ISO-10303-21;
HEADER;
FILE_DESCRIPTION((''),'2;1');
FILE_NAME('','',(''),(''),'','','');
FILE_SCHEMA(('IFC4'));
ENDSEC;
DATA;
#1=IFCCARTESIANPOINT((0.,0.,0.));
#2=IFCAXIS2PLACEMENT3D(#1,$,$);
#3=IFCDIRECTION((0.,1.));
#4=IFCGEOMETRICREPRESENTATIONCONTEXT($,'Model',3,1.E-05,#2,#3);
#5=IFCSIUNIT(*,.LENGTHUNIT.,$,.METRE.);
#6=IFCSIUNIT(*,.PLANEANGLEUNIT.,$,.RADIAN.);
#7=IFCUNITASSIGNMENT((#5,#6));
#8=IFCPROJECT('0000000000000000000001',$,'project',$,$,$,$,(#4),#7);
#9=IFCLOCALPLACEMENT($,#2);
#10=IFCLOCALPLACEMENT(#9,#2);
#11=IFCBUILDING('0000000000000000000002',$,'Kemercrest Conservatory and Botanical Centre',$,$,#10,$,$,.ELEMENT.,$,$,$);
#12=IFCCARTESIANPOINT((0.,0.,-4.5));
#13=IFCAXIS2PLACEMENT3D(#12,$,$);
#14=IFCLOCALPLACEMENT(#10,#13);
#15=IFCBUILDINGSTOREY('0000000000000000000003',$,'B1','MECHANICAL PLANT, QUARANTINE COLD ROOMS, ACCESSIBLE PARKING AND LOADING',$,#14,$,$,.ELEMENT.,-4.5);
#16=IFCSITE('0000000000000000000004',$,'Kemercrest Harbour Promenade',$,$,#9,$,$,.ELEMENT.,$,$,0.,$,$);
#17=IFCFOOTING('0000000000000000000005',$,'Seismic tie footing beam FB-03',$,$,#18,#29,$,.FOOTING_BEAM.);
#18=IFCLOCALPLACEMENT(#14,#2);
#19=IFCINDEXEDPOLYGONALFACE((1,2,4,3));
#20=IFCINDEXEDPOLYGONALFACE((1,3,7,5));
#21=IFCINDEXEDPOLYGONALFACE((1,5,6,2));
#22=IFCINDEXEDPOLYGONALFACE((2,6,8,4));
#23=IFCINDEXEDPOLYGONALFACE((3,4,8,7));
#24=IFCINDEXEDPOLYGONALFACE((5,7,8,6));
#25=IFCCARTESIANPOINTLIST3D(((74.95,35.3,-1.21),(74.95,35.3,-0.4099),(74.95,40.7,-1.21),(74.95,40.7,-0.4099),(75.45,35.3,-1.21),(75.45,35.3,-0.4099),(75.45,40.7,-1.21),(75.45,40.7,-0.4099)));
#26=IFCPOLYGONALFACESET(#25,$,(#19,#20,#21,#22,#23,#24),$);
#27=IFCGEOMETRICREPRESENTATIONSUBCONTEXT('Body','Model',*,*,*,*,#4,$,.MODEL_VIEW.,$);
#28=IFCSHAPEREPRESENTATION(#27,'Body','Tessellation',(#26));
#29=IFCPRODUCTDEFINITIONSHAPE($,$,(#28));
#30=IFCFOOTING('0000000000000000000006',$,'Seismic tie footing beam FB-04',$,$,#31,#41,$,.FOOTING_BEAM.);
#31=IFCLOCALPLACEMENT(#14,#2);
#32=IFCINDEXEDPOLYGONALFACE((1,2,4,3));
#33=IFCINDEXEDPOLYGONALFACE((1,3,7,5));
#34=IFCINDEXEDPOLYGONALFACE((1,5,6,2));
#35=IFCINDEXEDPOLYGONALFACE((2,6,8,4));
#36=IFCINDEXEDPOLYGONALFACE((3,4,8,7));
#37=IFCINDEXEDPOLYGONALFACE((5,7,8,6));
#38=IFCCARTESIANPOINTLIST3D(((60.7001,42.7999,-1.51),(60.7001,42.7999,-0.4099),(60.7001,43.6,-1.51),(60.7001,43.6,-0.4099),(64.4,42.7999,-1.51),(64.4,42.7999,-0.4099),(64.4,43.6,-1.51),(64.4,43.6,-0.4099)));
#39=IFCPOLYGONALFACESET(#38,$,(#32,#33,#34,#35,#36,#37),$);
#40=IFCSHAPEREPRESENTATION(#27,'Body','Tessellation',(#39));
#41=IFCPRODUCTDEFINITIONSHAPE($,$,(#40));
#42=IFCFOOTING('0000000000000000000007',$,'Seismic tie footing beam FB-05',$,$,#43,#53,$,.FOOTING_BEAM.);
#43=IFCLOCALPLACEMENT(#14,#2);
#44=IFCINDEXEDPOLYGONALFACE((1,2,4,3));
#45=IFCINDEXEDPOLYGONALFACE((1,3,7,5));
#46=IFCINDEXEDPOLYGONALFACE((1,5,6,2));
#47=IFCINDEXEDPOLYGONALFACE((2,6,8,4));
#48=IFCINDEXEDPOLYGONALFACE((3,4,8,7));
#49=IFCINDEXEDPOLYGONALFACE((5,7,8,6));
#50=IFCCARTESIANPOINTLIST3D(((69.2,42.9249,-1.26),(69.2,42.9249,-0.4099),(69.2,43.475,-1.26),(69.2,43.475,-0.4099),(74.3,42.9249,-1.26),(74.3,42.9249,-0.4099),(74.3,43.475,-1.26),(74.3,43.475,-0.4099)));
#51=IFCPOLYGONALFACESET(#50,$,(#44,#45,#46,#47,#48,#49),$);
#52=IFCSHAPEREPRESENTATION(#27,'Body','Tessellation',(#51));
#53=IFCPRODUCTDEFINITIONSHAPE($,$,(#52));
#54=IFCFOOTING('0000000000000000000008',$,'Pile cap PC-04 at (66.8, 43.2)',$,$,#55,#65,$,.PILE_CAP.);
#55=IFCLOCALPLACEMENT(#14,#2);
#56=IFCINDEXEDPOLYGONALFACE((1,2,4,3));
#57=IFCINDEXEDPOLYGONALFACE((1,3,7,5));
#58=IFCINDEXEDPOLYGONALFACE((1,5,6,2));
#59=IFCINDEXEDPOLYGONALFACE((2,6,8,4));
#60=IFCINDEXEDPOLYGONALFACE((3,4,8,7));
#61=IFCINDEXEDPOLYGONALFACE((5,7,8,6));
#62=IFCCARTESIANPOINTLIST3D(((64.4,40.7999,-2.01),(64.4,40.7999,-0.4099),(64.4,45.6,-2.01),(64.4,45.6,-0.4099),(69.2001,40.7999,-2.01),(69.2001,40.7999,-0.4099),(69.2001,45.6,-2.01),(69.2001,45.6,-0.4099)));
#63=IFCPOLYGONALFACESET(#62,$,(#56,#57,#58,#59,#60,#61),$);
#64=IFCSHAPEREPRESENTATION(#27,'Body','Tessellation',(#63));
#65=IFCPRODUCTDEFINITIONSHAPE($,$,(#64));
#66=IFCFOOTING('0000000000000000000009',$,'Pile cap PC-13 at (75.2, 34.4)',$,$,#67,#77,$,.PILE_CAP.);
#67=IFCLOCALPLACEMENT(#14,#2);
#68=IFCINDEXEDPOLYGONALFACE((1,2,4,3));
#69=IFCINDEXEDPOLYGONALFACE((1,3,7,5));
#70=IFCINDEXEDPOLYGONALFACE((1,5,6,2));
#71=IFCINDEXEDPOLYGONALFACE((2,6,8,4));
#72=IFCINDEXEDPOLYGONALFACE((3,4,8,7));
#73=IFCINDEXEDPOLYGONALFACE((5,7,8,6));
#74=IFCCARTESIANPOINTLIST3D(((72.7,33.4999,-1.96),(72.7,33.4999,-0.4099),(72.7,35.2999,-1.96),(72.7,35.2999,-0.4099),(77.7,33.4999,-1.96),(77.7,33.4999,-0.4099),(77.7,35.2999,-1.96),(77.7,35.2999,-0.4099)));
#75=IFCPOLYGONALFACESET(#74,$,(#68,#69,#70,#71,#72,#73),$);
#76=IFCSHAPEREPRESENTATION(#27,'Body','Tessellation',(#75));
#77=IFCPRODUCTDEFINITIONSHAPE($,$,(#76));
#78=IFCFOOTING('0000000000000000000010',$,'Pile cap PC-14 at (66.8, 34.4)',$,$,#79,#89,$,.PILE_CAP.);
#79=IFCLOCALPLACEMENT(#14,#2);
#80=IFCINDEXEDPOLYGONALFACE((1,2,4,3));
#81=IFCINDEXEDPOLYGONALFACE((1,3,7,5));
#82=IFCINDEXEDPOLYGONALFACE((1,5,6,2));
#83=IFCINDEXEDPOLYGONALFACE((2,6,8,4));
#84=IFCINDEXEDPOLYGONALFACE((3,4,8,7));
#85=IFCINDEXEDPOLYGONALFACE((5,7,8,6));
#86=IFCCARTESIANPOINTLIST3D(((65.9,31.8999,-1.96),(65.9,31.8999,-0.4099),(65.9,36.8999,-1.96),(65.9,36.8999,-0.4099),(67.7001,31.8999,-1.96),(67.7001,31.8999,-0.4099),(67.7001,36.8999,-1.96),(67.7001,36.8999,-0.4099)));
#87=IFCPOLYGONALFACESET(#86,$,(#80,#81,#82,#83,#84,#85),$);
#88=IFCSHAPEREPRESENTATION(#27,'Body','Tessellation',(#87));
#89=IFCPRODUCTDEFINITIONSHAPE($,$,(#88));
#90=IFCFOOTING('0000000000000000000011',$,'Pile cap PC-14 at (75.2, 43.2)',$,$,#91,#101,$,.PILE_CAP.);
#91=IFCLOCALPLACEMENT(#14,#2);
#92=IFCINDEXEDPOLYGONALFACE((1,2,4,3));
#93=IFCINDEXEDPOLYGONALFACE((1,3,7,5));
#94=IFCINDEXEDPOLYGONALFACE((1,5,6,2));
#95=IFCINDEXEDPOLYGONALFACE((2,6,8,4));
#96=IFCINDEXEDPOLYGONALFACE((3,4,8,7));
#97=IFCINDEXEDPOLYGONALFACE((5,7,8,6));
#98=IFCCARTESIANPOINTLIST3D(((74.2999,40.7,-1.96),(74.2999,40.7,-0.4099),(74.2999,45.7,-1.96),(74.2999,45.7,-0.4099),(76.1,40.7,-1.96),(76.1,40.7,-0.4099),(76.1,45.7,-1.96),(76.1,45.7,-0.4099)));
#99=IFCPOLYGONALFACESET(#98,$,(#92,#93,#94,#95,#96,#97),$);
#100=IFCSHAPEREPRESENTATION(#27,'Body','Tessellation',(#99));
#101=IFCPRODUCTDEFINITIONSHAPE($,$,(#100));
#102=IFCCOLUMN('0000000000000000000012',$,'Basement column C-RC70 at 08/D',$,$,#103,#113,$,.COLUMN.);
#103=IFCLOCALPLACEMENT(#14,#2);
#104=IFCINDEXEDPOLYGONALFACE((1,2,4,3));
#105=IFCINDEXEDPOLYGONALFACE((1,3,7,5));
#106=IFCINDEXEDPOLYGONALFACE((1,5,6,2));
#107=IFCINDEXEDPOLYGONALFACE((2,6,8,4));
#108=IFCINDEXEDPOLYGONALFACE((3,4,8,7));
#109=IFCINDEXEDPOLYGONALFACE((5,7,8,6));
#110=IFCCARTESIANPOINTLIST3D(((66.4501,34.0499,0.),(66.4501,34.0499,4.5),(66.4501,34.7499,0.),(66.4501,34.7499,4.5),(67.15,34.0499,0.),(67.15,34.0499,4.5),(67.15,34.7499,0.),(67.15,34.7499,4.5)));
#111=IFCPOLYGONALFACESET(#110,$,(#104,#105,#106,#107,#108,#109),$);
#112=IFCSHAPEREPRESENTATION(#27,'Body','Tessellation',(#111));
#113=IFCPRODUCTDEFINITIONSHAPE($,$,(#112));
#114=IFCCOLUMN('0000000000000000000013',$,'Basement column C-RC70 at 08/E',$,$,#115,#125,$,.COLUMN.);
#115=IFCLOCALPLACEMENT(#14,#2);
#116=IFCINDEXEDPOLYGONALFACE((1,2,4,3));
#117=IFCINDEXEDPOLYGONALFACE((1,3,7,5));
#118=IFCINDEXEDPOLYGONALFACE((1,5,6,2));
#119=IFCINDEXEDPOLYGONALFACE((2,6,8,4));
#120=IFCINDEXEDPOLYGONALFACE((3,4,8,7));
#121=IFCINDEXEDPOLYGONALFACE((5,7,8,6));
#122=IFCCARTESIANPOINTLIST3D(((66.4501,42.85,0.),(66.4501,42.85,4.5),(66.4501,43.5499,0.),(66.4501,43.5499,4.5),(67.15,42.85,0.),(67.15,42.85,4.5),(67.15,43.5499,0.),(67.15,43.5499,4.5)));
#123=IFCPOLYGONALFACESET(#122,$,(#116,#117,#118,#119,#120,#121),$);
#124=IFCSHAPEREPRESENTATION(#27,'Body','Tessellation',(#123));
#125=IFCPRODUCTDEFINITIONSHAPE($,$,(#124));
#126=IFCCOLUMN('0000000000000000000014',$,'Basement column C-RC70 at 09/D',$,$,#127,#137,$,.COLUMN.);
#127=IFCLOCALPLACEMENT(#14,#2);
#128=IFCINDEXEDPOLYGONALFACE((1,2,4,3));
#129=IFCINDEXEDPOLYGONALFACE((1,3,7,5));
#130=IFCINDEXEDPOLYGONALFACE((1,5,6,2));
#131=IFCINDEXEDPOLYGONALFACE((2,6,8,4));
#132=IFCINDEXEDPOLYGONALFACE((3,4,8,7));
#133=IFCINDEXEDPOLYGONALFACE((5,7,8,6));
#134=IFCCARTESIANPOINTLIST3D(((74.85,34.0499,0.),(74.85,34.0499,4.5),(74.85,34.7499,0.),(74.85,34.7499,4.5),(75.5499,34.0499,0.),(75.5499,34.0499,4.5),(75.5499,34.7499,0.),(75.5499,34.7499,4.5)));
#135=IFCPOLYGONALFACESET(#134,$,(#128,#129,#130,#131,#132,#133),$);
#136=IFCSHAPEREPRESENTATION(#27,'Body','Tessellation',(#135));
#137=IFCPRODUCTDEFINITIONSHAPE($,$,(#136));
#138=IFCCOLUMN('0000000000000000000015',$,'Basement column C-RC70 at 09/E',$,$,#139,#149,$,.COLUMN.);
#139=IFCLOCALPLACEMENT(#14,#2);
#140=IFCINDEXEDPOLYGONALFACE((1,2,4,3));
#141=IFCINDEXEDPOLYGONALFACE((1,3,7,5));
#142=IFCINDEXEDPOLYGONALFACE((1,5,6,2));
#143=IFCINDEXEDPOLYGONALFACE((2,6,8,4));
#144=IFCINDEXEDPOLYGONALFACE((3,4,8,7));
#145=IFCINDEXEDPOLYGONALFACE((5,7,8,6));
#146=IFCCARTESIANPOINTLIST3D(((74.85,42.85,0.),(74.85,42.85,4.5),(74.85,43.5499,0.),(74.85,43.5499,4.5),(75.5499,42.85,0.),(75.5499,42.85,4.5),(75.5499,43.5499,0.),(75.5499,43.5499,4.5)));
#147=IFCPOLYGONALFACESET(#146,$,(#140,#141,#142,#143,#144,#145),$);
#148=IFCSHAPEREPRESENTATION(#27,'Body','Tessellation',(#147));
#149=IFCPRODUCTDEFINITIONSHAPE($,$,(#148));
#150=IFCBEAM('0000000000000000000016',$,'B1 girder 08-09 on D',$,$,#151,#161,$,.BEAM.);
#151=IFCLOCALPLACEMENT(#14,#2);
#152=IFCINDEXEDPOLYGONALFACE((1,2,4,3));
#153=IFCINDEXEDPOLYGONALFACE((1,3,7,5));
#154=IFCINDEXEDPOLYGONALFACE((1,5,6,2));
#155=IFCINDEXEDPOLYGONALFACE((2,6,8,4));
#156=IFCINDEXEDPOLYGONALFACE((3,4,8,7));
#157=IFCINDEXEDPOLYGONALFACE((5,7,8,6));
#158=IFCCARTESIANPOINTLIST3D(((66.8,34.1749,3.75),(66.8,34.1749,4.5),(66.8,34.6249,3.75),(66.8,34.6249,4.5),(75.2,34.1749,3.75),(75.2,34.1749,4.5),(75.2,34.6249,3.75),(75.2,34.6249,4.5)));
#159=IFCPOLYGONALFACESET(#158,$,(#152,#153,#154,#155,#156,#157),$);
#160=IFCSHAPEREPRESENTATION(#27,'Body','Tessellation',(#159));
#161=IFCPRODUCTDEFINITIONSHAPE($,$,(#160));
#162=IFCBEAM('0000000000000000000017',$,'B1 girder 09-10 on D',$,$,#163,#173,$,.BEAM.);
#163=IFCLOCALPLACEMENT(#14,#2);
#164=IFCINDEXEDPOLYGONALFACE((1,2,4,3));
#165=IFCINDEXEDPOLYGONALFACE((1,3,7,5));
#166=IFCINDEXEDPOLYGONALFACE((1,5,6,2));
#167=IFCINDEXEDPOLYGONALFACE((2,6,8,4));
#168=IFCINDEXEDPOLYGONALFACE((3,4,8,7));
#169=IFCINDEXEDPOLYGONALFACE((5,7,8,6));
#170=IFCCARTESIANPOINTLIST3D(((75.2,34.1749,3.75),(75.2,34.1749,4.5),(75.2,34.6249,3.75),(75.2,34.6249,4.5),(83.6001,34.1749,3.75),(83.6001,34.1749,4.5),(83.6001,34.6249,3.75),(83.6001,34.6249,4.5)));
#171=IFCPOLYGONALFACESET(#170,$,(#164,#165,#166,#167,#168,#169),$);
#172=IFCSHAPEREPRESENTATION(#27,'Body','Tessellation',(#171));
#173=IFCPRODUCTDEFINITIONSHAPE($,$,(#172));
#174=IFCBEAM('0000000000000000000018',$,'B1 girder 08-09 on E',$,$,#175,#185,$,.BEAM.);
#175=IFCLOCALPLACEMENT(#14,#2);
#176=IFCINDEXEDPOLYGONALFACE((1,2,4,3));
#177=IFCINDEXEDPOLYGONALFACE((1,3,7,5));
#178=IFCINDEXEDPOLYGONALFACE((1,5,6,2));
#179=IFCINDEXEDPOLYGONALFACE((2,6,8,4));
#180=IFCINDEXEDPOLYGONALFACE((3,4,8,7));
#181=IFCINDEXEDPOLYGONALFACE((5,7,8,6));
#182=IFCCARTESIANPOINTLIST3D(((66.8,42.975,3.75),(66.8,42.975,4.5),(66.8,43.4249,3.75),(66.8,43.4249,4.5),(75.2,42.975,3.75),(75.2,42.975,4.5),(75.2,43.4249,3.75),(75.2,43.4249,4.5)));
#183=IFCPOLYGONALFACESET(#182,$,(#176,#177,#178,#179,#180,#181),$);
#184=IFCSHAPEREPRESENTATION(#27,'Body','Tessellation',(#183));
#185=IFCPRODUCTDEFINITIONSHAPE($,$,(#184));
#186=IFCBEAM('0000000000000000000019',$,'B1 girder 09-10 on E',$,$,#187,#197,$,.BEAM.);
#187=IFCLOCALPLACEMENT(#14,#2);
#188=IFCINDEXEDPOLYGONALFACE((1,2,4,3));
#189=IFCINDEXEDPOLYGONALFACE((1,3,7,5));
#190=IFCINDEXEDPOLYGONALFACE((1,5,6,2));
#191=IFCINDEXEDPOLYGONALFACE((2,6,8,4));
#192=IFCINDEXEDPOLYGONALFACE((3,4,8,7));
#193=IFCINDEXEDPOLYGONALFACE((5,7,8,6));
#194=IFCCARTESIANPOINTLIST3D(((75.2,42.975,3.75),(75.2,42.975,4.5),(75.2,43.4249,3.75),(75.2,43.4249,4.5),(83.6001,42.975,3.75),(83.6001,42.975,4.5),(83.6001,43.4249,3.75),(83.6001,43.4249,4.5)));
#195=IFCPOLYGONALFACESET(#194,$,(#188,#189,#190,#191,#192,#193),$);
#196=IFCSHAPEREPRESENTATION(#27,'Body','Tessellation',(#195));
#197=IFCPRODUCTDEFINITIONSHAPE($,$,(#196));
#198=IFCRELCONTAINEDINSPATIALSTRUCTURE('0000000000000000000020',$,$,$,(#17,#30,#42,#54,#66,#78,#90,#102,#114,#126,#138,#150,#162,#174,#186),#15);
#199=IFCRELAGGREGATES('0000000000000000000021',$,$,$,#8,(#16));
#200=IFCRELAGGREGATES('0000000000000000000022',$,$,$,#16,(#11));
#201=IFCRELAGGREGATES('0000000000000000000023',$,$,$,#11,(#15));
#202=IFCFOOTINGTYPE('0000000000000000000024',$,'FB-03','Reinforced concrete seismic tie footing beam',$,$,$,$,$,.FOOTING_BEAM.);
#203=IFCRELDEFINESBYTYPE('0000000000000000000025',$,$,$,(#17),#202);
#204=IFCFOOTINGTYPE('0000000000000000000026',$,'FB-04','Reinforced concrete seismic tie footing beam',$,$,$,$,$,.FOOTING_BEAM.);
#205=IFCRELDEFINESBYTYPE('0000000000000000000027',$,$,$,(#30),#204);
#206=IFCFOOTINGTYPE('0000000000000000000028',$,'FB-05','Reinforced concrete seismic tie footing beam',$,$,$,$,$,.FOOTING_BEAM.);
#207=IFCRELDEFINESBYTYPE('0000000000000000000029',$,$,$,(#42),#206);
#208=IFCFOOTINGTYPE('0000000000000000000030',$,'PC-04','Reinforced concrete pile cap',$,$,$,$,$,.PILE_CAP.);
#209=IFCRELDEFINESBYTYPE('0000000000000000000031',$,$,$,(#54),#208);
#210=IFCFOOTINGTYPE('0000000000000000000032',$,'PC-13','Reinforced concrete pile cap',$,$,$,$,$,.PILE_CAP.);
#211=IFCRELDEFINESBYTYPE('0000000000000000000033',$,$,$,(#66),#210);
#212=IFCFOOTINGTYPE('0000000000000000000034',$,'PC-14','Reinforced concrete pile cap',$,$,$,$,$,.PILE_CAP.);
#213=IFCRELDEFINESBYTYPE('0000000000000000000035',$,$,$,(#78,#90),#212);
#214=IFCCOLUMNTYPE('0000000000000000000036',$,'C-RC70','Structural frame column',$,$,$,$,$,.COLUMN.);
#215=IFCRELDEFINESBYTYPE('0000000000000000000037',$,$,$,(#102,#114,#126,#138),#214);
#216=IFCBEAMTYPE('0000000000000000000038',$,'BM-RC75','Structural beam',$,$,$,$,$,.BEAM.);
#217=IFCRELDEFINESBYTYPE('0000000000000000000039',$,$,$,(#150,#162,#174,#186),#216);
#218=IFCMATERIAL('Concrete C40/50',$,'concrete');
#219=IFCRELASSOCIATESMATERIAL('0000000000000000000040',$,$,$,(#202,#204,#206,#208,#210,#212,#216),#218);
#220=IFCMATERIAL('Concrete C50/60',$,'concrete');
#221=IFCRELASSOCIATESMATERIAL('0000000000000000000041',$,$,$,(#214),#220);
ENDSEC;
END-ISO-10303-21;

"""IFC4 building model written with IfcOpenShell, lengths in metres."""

from ifc_helpers import new_model, si_unit, direction, frame, origin, origin_2d, place, context, subcontext, project, spatial, rectangle, extrude, material, material_profile, profile_set, type_object, element, save


model = new_model("IFC4")

# Units and contexts
model_context = context("Model", 3, precision=1e-05, world=origin(), true_north=direction((0.0, 1.0)))
body_context = subcontext(model_context, "Body", "Model", "MODEL_VIEW")
ifc_project = project(units=[si_unit("LENGTHUNIT", "METRE"), si_unit("PLANEANGLEUNIT", "RADIAN")], contexts=[model_context])

# Site, building, storey
site_placement = place(None, origin())
site = spatial("IfcSite", under=ifc_project, at=site_placement, Name="Kemercrest Harbour Promenade", CompositionType="ELEMENT", RefElevation=0.0)
building_placement = place(site_placement, origin())
building = spatial("IfcBuilding", under=site, at=building_placement, Name="Kemercrest Conservatory and Botanical Centre", CompositionType="ELEMENT")
storey_placement = place(building_placement, frame((0.0, 0.0, -4.5)))
storey = spatial("IfcBuildingStorey", under=building, at=storey_placement, Name="B1", Description="MECHANICAL PLANT, QUARANTINE COLD ROOMS, ACCESSIBLE PARKING AND LOADING", CompositionType="ELEMENT", Elevation=-4.5)

# Shared definitions
ifc_material_1 = material(Name="Concrete C40/50", Category="concrete")

# Footings
footing_type_1 = type_object("IfcFootingType", Name="FB-03", Description="Reinforced concrete seismic tie footing beam", PredefinedType="FOOTING_BEAM", material=ifc_material_1)
footing_1_placement = place(storey_placement, frame((75.2, 38.0, -1.21), z_axis=(0.0, 0.0, 1.0), x_axis=(1.0, 0.0, 0.0)))
element("IfcFooting", 1, at=footing_1_placement, inside=storey, type_object=footing_type_1, Name="Seismic tie footing beam FB-03", PredefinedType="FOOTING_BEAM", context=body_context, shape_type="SweptSolid", body=[
    extrude(rectangle(XDim=0.5, YDim=5.3999, at=origin_2d()), origin(), (0.0, 0.0, 1.0), 0.8),
])
footing_type_2 = type_object("IfcFootingType", Name="FB-04", Description="Reinforced concrete seismic tie footing beam", PredefinedType="FOOTING_BEAM", material=ifc_material_1)
footing_2_placement = place(storey_placement, frame((62.55, 43.2, -1.51), z_axis=(0.0, 0.0, 1.0), x_axis=(1.0, 0.0, 0.0)))
element("IfcFooting", 2, at=footing_2_placement, inside=storey, type_object=footing_type_2, Name="Seismic tie footing beam FB-04", PredefinedType="FOOTING_BEAM", context=body_context, shape_type="SweptSolid", body=[
    extrude(rectangle(XDim=3.7, YDim=0.8, at=origin_2d()), origin(), (0.0, 0.0, 1.0), 1.1001),
])
footing_type_3 = type_object("IfcFootingType", Name="FB-05", Description="Reinforced concrete seismic tie footing beam", PredefinedType="FOOTING_BEAM", material=ifc_material_1)
footing_3_placement = place(storey_placement, frame((71.75, 43.2, -1.26), z_axis=(0.0, 0.0, 1.0), x_axis=(1.0, 0.0, 0.0)))
element("IfcFooting", 3, at=footing_3_placement, inside=storey, type_object=footing_type_3, Name="Seismic tie footing beam FB-05", PredefinedType="FOOTING_BEAM", context=body_context, shape_type="SweptSolid", body=[
    extrude(rectangle(XDim=5.1001, YDim=0.55, at=origin_2d()), origin(), (0.0, 0.0, 1.0), 0.8501),
])
footing_type_4 = type_object("IfcFootingType", Name="PC-04", Description="Reinforced concrete pile cap", PredefinedType="PILE_CAP", material=ifc_material_1)
footing_4_placement = place(storey_placement, frame((66.8, 43.2, -2.01), z_axis=(0.0, 0.0, 1.0), x_axis=(1.0, 0.0, 0.0)))
element("IfcFooting", 4, at=footing_4_placement, inside=storey, type_object=footing_type_4, Name="Pile cap PC-04 at (66.8, 43.2)", PredefinedType="PILE_CAP", context=body_context, shape_type="SweptSolid", body=[
    extrude(rectangle(XDim=4.8, YDim=4.8, at=origin_2d()), origin(), (0.0, 0.0, 1.0), 1.6001),
])
footing_type_5 = type_object("IfcFootingType", Name="PC-13", Description="Reinforced concrete pile cap", PredefinedType="PILE_CAP", material=ifc_material_1)
footing_5_placement = place(storey_placement, frame((75.2, 34.3999, -1.96), z_axis=(0.0, 0.0, 1.0), x_axis=(1.0, 0.0, 0.0)))
element("IfcFooting", 5, at=footing_5_placement, inside=storey, type_object=footing_type_5, Name="Pile cap PC-13 at (75.2, 34.4)", PredefinedType="PILE_CAP", context=body_context, shape_type="SweptSolid", body=[
    extrude(rectangle(XDim=5.0, YDim=1.8, at=origin_2d()), origin(), (0.0, 0.0, 1.0), 1.55),
])
footing_type_6 = type_object("IfcFootingType", Name="PC-14", Description="Reinforced concrete pile cap", PredefinedType="PILE_CAP", material=ifc_material_1)
for number, where, z_axis, x_axis, name in (
    (6, (66.8, 34.3999, -1.96), (0.0, 0.0, 1.0), (1.0, 0.0, 0.0), "Pile cap PC-14 at (66.8, 34.4)"),
    (7, (75.2, 43.2, -1.96), (0.0, 0.0, 1.0), (1.0, 0.0, 0.0), "Pile cap PC-14 at (75.2, 43.2)"),
):
    element("IfcFooting", number, at=place(storey_placement, frame(where, z_axis=z_axis, x_axis=x_axis)), inside=storey, type_object=footing_type_6, Name=name, PredefinedType="PILE_CAP", context=body_context, shape_type="SweptSolid", body=[
        extrude(rectangle(XDim=1.8, YDim=5.0, at=origin_2d()), origin(), (0.0, 0.0, 1.0), 1.55),
    ])

# Columns
ifc_material_2 = material(Name="Concrete C50/60", Category="concrete")
ifc_material_profile_1 = material_profile(ifc_material_2, rectangle(XDim=0.7, YDim=0.7, at=origin_2d()), Name="RC 700x700")
ifc_profile_set_1 = profile_set([ifc_material_profile_1], Name="Concrete C50/60")
column_type = type_object("IfcColumnType", Name="C-RC70", Description="Structural frame column", PredefinedType="COLUMN", material=ifc_profile_set_1)
for number, where, z_axis, x_axis, name in (
    (8, (66.8, 34.3999, 0.0), (0.0, 0.0, 1.0), (1.0, 0.0, 0.0), "Basement column C-RC70 at 08/D"),
    (9, (66.8, 43.2, 0.0), (0.0, 0.0, 1.0), (1.0, 0.0, 0.0), "Basement column C-RC70 at 08/E"),
    (10, (75.2, 34.3999, 0.0), (0.0, 0.0, 1.0), (1.0, 0.0, 0.0), "Basement column C-RC70 at 09/D"),
    (11, (75.2, 43.2, 0.0), (0.0, 0.0, 1.0), (1.0, 0.0, 0.0), "Basement column C-RC70 at 09/E"),
):
    element("IfcColumn", number, at=place(storey_placement, frame(where, z_axis=z_axis, x_axis=x_axis)), inside=storey, type_object=column_type, Name=name, PredefinedType="COLUMN", context=body_context, shape_type="SweptSolid", body=[
        extrude(rectangle(XDim=0.7, YDim=0.7, at=origin_2d()), origin(), (0.0, 0.0, 1.0), 4.5),
    ])

# Beams
ifc_material_profile_2 = material_profile(ifc_material_1, rectangle(XDim=0.45, YDim=0.75, at=origin_2d()), Name="RC 450x750")
ifc_profile_set_2 = profile_set([ifc_material_profile_2], Name="Concrete C40/50")
beam_type = type_object("IfcBeamType", Name="BM-RC75", Description="Structural beam", PredefinedType="BEAM", material=ifc_profile_set_2)
beam_1_placement = place(storey_placement, frame((66.8, 34.3999, 4.125), z_axis=(1.0, 0.0, 0.0), x_axis=(0.0, 1.0, 0.0)))
element("IfcBeam", 12, at=beam_1_placement, inside=storey, type_object=beam_type, Name="B1 girder 08-09 on D", PredefinedType="BEAM", context=body_context, shape_type="SweptSolid", body=[
    extrude(rectangle(XDim=0.45, YDim=0.75, at=origin_2d()), origin(), (0.0, 0.0, 1.0), 8.3999),
])
beam_2_placement = place(storey_placement, frame((75.2, 34.3999, 4.125), z_axis=(1.0, 0.0, 0.0), x_axis=(0.0, 1.0, 0.0)))
element("IfcBeam", 13, at=beam_2_placement, inside=storey, type_object=beam_type, Name="B1 girder 09-10 on D", PredefinedType="BEAM", context=body_context, shape_type="SweptSolid", body=[
    extrude(rectangle(XDim=0.45, YDim=0.75, at=origin_2d()), origin(), (0.0, 0.0, 1.0), 8.4001),
])
beam_3_placement = place(storey_placement, frame((66.8, 43.2, 4.125), z_axis=(1.0, 0.0, 0.0), x_axis=(0.0, 1.0, 0.0)))
element("IfcBeam", 14, at=beam_3_placement, inside=storey, type_object=beam_type, Name="B1 girder 08-09 on E", PredefinedType="BEAM", context=body_context, shape_type="SweptSolid", body=[
    extrude(rectangle(XDim=0.45, YDim=0.75, at=origin_2d()), origin(), (0.0, 0.0, 1.0), 8.3999),
])
beam_4_placement = place(storey_placement, frame((75.2, 43.2, 4.125), z_axis=(1.0, 0.0, 0.0), x_axis=(0.0, 1.0, 0.0)))
element("IfcBeam", 15, at=beam_4_placement, inside=storey, type_object=beam_type, Name="B1 girder 09-10 on E", PredefinedType="BEAM", context=body_context, shape_type="SweptSolid", body=[
    extrude(rectangle(XDim=0.45, YDim=0.75, at=origin_2d()), origin(), (0.0, 0.0, 1.0), 8.4001),
])

save(model, "model.ifc")
